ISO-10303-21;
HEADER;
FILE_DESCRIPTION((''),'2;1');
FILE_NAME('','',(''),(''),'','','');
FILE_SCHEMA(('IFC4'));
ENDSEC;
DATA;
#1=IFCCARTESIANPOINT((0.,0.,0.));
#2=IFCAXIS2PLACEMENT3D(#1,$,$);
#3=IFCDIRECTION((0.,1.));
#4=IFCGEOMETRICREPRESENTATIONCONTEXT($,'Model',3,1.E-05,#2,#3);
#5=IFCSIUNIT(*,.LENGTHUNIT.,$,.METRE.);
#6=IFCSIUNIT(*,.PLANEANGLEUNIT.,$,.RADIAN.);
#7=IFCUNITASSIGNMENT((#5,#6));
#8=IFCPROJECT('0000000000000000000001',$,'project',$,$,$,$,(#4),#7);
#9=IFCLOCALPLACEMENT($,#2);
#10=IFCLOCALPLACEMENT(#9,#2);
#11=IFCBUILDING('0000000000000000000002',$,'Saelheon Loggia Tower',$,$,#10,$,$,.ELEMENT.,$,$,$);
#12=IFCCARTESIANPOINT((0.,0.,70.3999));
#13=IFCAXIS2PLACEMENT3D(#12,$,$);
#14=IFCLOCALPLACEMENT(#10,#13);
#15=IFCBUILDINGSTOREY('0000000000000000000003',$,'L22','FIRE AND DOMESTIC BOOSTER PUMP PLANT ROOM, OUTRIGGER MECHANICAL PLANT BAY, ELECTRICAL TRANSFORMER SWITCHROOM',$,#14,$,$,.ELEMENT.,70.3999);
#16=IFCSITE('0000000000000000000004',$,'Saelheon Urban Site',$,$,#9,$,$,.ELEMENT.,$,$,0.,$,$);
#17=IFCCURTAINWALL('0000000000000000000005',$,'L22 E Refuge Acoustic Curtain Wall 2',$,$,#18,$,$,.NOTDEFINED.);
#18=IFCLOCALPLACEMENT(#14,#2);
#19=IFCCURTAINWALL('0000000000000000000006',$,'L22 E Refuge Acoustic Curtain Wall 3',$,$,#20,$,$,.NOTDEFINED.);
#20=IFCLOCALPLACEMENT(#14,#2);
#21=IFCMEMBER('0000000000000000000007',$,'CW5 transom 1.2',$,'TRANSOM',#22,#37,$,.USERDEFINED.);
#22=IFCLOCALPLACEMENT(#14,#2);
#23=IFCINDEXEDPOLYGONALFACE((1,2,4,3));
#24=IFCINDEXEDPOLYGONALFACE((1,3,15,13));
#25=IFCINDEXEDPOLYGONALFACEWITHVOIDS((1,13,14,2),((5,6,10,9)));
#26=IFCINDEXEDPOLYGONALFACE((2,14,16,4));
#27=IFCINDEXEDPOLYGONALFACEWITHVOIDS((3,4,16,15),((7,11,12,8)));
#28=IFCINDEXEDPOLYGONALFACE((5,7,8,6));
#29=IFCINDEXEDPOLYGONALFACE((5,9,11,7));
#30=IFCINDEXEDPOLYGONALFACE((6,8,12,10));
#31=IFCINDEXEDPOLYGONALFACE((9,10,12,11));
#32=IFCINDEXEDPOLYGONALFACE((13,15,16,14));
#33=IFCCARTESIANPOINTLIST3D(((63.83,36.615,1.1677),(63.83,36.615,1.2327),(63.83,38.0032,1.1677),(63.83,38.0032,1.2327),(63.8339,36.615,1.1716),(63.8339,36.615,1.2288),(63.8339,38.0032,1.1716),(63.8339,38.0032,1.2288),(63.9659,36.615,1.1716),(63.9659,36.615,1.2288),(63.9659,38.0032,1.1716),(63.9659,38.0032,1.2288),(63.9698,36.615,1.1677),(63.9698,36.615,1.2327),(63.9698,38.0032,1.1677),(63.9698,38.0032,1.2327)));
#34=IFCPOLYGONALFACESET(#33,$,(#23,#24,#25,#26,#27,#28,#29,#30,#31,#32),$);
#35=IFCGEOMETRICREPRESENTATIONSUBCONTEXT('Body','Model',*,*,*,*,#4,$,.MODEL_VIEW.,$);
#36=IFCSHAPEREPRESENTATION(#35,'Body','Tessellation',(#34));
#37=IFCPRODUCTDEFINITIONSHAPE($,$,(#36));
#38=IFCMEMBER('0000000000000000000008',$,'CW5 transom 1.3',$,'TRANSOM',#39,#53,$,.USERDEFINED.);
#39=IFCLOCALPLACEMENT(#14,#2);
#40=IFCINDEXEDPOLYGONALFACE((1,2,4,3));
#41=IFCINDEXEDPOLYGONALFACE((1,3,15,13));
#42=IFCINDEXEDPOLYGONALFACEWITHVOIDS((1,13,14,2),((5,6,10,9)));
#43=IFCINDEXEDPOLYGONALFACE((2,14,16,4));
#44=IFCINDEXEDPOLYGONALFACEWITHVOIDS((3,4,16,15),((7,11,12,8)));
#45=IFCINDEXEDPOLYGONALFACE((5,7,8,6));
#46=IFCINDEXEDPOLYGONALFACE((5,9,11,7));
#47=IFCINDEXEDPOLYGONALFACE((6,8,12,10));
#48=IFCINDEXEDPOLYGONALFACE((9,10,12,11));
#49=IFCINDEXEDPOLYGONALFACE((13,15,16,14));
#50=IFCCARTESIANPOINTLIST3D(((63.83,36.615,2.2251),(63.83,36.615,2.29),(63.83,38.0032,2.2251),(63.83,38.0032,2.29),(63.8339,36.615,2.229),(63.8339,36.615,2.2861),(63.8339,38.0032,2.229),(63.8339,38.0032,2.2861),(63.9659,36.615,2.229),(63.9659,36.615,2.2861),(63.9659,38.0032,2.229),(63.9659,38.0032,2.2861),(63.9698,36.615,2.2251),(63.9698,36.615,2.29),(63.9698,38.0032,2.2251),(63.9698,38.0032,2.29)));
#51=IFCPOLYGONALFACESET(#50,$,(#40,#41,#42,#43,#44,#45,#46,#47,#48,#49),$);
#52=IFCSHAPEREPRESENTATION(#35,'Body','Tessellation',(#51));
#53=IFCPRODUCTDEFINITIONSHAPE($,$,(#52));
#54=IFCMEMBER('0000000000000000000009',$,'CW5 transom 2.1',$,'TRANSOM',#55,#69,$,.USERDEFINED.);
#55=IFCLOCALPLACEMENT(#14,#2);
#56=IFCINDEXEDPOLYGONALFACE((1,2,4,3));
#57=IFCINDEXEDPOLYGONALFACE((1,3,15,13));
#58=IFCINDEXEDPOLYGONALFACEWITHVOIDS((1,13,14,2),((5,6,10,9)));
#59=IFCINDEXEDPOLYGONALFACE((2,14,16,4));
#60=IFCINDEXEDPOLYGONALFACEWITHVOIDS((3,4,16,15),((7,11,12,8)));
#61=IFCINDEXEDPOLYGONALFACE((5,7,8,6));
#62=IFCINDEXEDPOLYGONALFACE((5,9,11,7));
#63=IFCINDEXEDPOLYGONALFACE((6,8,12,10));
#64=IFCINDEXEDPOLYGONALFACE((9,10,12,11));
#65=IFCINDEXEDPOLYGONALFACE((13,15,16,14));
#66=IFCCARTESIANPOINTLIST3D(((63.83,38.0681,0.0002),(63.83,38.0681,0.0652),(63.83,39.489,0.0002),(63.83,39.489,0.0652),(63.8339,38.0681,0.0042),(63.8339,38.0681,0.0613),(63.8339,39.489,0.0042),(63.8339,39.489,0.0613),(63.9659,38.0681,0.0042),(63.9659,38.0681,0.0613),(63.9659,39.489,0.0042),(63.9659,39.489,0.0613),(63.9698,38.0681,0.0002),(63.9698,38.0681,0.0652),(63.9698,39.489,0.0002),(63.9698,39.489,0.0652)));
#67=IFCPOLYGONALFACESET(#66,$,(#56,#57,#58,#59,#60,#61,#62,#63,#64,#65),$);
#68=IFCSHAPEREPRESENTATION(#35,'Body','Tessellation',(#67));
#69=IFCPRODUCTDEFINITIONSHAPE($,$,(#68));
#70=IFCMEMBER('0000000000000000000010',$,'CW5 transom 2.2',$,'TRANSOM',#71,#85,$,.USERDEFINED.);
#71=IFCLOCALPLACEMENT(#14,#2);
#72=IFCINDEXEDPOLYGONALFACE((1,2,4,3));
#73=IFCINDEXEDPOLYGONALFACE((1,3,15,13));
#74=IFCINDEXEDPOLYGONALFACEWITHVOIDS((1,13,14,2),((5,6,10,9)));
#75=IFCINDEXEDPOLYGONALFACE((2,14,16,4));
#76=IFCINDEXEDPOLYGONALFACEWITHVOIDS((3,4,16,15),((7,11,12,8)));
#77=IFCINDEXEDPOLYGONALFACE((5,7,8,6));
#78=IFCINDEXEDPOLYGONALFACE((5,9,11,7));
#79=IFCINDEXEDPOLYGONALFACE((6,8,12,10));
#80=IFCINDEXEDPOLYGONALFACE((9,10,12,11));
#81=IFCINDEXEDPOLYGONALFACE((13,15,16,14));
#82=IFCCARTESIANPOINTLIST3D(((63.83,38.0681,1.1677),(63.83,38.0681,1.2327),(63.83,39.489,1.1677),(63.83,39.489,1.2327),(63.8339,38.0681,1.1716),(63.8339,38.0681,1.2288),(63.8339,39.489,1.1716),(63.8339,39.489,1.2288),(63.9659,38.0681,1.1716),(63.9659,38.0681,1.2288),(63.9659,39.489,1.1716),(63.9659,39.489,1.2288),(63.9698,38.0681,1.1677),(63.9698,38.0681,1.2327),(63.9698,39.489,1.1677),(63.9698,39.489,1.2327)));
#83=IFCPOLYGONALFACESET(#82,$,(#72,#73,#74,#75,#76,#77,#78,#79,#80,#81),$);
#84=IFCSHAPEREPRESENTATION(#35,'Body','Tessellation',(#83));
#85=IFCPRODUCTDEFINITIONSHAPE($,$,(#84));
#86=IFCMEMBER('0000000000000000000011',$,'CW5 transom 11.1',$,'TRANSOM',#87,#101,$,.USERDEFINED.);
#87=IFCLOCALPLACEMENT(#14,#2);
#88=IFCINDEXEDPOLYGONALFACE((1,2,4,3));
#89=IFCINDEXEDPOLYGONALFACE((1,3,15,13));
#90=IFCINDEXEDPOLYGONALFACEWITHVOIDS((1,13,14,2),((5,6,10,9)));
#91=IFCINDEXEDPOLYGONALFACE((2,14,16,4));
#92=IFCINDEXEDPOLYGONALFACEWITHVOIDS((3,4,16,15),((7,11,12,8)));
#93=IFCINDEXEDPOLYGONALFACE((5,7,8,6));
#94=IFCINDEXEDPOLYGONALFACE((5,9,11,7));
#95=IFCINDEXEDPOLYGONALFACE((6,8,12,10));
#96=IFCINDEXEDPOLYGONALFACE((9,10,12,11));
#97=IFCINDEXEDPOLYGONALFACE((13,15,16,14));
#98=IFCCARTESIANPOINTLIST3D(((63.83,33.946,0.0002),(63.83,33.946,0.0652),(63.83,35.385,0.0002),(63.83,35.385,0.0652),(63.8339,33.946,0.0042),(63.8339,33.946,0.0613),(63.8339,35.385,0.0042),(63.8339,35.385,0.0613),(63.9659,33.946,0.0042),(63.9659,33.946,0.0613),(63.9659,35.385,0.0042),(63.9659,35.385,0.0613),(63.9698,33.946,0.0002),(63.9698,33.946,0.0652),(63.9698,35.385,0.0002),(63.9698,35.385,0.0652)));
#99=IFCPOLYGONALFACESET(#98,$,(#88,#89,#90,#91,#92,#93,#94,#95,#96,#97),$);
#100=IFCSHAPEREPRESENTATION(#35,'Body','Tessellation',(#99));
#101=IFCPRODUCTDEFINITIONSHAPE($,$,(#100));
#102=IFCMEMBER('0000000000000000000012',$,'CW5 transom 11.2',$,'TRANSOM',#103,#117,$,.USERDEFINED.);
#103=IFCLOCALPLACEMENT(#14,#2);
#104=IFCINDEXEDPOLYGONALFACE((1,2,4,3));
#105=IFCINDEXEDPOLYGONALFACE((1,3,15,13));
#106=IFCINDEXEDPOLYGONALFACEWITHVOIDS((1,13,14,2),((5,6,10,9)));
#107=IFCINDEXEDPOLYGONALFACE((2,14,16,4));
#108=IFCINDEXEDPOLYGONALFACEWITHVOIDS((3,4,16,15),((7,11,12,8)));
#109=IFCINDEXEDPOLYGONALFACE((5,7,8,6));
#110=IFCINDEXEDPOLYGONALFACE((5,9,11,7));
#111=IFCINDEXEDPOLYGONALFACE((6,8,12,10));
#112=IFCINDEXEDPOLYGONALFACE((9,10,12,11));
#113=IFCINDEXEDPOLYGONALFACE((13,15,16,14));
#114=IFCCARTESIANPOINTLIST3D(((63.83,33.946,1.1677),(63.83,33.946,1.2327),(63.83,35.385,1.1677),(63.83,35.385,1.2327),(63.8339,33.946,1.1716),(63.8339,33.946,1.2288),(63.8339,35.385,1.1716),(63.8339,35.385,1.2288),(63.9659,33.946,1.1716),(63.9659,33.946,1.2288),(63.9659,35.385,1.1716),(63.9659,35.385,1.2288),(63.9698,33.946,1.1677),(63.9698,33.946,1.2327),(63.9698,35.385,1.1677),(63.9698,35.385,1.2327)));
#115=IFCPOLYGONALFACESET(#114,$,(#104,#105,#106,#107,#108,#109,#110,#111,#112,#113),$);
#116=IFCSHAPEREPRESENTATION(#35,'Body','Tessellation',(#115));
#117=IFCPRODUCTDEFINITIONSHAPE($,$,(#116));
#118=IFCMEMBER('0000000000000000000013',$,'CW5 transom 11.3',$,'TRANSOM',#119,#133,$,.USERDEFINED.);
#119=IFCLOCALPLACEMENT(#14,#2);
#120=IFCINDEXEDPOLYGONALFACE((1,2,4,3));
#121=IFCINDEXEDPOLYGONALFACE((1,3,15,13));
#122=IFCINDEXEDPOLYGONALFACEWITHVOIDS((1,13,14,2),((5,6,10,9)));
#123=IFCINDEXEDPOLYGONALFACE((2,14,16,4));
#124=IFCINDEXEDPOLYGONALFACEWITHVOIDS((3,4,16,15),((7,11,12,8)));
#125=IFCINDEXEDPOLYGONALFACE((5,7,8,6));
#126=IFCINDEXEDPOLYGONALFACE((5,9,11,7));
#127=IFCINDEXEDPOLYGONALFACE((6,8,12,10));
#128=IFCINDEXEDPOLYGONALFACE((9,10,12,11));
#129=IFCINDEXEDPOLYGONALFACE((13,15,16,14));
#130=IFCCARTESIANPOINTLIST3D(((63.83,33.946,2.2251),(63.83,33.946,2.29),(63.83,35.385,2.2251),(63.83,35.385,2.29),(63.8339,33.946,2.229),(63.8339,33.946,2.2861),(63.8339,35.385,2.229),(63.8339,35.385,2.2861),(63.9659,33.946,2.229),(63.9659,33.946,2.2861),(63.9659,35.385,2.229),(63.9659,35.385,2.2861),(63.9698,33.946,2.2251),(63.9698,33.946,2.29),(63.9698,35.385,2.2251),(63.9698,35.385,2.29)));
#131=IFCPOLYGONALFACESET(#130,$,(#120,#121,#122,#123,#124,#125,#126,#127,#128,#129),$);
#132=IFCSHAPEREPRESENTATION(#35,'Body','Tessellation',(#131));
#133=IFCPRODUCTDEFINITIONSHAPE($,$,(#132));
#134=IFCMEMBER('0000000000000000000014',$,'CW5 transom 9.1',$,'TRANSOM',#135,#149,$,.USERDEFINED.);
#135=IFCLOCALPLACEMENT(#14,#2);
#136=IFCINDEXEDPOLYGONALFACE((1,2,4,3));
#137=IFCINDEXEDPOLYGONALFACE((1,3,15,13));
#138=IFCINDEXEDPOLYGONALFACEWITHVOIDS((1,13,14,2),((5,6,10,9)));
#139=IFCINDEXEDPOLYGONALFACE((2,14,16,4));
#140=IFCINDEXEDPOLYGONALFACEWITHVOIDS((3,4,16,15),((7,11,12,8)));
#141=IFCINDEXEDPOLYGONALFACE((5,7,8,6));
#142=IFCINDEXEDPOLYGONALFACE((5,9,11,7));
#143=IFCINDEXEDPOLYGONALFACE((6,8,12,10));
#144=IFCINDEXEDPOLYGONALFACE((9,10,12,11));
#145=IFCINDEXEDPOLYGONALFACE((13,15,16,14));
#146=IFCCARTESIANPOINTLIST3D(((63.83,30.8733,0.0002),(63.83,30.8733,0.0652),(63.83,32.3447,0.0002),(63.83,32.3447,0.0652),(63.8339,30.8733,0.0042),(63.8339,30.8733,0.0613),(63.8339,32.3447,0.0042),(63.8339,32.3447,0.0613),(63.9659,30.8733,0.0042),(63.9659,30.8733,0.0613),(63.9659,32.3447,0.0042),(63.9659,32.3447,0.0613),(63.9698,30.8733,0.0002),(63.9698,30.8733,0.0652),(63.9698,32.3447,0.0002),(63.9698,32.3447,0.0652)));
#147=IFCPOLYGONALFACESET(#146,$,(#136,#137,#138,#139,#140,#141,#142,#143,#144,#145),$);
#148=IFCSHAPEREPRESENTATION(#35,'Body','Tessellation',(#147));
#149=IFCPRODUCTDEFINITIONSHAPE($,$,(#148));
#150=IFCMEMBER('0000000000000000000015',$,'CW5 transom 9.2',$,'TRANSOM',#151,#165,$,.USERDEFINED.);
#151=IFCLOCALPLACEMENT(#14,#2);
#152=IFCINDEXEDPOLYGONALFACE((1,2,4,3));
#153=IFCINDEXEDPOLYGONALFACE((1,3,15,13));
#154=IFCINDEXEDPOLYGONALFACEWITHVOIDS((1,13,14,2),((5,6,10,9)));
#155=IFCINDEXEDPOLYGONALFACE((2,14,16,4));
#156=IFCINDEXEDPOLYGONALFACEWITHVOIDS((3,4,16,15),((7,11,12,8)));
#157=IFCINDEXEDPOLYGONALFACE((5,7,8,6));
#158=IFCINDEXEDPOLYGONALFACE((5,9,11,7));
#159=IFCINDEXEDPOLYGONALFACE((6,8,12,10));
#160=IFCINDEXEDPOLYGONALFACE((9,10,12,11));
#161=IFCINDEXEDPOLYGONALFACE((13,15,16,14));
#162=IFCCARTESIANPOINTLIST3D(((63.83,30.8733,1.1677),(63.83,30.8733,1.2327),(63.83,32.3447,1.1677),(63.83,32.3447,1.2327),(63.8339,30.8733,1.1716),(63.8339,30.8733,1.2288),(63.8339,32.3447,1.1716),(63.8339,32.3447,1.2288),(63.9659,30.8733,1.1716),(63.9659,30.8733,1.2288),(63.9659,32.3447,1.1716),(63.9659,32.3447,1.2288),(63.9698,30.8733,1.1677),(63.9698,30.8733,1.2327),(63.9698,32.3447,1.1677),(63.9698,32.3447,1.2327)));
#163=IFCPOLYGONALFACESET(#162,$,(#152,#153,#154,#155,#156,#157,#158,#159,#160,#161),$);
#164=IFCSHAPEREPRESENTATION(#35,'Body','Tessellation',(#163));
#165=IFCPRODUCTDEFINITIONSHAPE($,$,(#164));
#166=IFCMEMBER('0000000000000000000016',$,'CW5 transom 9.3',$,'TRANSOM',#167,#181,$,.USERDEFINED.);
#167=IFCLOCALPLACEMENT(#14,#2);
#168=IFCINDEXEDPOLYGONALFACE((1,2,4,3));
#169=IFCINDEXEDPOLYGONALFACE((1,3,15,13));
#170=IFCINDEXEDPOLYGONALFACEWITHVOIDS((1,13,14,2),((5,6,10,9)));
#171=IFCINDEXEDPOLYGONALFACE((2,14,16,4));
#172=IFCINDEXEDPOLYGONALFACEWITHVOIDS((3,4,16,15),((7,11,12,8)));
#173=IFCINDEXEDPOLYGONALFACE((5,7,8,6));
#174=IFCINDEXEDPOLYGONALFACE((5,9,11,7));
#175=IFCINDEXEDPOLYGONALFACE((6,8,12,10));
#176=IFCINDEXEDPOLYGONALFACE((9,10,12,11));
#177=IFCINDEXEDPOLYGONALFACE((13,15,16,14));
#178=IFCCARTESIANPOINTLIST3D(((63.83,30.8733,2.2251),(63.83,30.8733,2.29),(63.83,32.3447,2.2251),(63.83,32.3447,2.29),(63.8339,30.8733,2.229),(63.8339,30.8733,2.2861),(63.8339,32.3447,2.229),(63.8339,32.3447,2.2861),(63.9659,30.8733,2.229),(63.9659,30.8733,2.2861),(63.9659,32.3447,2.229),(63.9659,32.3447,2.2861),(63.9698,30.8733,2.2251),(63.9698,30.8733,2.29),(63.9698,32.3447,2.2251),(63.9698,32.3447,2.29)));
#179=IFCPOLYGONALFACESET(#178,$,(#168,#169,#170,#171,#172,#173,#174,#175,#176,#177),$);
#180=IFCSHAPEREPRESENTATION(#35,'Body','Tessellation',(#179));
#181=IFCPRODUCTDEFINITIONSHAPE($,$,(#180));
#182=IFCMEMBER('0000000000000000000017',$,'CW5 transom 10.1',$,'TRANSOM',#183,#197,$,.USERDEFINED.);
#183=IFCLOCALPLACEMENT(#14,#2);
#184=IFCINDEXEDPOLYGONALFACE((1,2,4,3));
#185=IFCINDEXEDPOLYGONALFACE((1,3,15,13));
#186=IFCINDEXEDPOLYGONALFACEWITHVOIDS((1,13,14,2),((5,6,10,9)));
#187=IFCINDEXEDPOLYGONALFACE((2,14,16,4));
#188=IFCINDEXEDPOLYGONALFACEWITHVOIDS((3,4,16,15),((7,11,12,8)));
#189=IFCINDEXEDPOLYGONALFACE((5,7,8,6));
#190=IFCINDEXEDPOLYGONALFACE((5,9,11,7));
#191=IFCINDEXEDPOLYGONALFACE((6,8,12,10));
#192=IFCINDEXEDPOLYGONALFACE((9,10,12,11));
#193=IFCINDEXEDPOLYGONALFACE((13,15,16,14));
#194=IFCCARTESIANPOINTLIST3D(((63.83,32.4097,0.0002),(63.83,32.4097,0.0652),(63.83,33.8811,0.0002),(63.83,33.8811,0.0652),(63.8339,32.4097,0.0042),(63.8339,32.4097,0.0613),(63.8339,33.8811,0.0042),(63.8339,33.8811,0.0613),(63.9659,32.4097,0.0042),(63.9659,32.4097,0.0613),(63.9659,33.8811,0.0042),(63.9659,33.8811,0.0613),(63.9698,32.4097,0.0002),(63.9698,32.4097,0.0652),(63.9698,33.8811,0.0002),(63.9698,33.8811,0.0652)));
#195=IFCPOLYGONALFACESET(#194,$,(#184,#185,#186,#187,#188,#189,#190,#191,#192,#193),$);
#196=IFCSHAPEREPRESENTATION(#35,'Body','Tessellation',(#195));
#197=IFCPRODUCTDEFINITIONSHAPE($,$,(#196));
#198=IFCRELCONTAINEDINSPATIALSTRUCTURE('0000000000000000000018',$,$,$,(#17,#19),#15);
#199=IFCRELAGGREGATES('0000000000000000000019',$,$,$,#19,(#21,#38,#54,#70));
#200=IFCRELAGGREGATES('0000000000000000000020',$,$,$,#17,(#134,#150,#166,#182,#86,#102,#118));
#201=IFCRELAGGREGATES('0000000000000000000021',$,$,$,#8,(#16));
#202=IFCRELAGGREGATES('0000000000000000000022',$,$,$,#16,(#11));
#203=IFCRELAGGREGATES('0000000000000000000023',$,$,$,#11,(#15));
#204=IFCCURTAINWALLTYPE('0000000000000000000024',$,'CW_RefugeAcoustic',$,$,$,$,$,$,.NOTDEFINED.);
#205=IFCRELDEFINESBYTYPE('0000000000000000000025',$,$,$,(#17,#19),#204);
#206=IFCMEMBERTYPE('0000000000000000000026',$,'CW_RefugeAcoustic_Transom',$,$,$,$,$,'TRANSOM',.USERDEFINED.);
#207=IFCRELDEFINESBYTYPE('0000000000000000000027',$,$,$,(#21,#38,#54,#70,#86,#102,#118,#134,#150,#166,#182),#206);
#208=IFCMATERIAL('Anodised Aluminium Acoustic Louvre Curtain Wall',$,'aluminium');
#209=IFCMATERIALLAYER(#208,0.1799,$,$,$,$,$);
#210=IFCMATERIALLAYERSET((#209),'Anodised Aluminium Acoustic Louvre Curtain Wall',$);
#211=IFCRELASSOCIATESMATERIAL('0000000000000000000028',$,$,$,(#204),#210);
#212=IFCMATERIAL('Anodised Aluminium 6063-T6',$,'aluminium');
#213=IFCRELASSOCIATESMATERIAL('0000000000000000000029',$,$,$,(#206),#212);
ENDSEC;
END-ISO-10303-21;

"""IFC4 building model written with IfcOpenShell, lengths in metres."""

from ifc_helpers import new_model, si_unit, direction, frame, origin, origin_2d, place, context, subcontext, project, spatial, hollow_rectangle, extrude, source, transform, mapped, material, layer, layer_set, material_profile, profile_set, type_object, element, aggregate, save


model = new_model("IFC4")

# Units and contexts
model_context = context("Model", 3, precision=1e-05, world=origin(), true_north=direction((0.0, 1.0)))
body_context = subcontext(model_context, "Body", "Model", "MODEL_VIEW")
ifc_project = project(units=[si_unit("LENGTHUNIT", "METRE"), si_unit("PLANEANGLEUNIT", "RADIAN")], contexts=[model_context])

# Site, building, storey
site_placement = place(None, origin())
site = spatial("IfcSite", under=ifc_project, at=site_placement, Name="Saelheon Urban Site", CompositionType="ELEMENT", RefElevation=0.0)
building_placement = place(site_placement, origin())
building = spatial("IfcBuilding", under=site, at=building_placement, Name="Saelheon Loggia Tower", CompositionType="ELEMENT")
storey_placement = place(building_placement, frame((0.0, 0.0, 70.3999)))
storey = spatial("IfcBuildingStorey", under=building, at=storey_placement, Name="L22", Description="FIRE AND DOMESTIC BOOSTER PUMP PLANT ROOM, OUTRIGGER MECHANICAL PLANT BAY, ELECTRICAL TRANSFORMER SWITCHROOM", CompositionType="ELEMENT", Elevation=70.3999)

# Curtain walls, members
ifc_material_1 = material(Name="Anodised Aluminium Acoustic Louvre Curtain Wall", Category="aluminium")
ifc_layer_1 = layer(ifc_material_1, 0.1799)
ifc_layer_set_1 = layer_set([ifc_layer_1], Name="Anodised Aluminium Acoustic Louvre Curtain Wall")
curtain_wall_type = type_object("IfcCurtainWallType", Name="CW_RefugeAcoustic", PredefinedType="NOTDEFINED", material=ifc_layer_set_1)
curtain_wall_1_placement = place(storey_placement, origin())
curtain_wall_1 = element("IfcCurtainWall", 1, at=curtain_wall_1_placement, inside=storey, type_object=curtain_wall_type, Name="L22 E Refuge Acoustic Curtain Wall 2", PredefinedType="NOTDEFINED")
ifc_material_2 = material(Name="Anodised Aluminium 6063-T6", Category="aluminium")
curtain_wall_2_placement = place(storey_placement, origin())
curtain_wall_2 = element("IfcCurtainWall", 2, at=curtain_wall_2_placement, inside=storey, type_object=curtain_wall_type, Name="L22 E Refuge Acoustic Curtain Wall 3", PredefinedType="NOTDEFINED")
ifc_material_profile_1 = material_profile(ifc_material_2, hollow_rectangle(XDim=0.0649, YDim=0.1399, WallThickness=0.0039, at=origin_2d()), Name="RHS-140x65x4")
ifc_profile_set_1 = profile_set([ifc_material_profile_1], Name="Anodised Aluminium 6063-T6")
member_type_1 = type_object("IfcMemberType", Name="CW_RefugeAcoustic_Transom", ElementType="TRANSOM", PredefinedType="USERDEFINED", material=ifc_profile_set_1)
shared_shape_1 = source(origin(), body_context, "Body", "SweptSolid", [
    extrude(hollow_rectangle(XDim=0.0649, YDim=0.1399, WallThickness=0.0039, at=origin_2d()), origin(), (0.0, 0.0, 1.0), 1.3882),
])
member_1_placement = place(storey_placement, frame((63.8999, 36.615, 1.2002), z_axis=(0.0, 1.0, 0.0), x_axis=(0.0, 0.0, 1.0)))
member_1 = element("IfcMember", 3, at=member_1_placement, type_object=member_type_1, Name="CW5 transom 1.2", ObjectType="TRANSOM", PredefinedType="USERDEFINED", context=body_context, shape_type="MappedRepresentation", body=[
    mapped(shared_shape_1, transform((0.0, 0.0, 0.0), scale=1.0)),
])
member_2_placement = place(storey_placement, frame((63.8999, 36.615, 2.2576), z_axis=(0.0, 1.0, 0.0), x_axis=(0.0, 0.0, 1.0)))
member_2 = element("IfcMember", 4, at=member_2_placement, type_object=member_type_1, Name="CW5 transom 1.3", ObjectType="TRANSOM", PredefinedType="USERDEFINED", context=body_context, shape_type="MappedRepresentation", body=[
    mapped(shared_shape_1, transform((0.0, 0.0, 0.0), scale=1.0)),
])
shared_shape_2 = source(origin(), body_context, "Body", "SweptSolid", [
    extrude(hollow_rectangle(XDim=0.0649, YDim=0.1399, WallThickness=0.0039, at=origin_2d()), origin(), (0.0, 0.0, 1.0), 1.4209),
])
member_3_placement = place(storey_placement, frame((63.8999, 38.0681, 0.0327), z_axis=(0.0, 1.0, 0.0), x_axis=(0.0, 0.0, 1.0)))
member_3 = element("IfcMember", 5, at=member_3_placement, type_object=member_type_1, Name="CW5 transom 2.1", ObjectType="TRANSOM", PredefinedType="USERDEFINED", context=body_context, shape_type="MappedRepresentation", body=[
    mapped(shared_shape_2, transform((0.0, 0.0, 0.0), scale=1.0)),
])
member_4_placement = place(storey_placement, frame((63.8999, 38.0681, 1.2002), z_axis=(0.0, 1.0, 0.0), x_axis=(0.0, 0.0, 1.0)))
member_4 = element("IfcMember", 6, at=member_4_placement, type_object=member_type_1, Name="CW5 transom 2.2", ObjectType="TRANSOM", PredefinedType="USERDEFINED", context=body_context, shape_type="MappedRepresentation", body=[
    mapped(shared_shape_2, transform((0.0, 0.0, 0.0), scale=1.0)),
])

# Members
shared_shape_3 = source(origin(), body_context, "Body", "SweptSolid", [
    extrude(hollow_rectangle(XDim=0.0649, YDim=0.1399, WallThickness=0.0039, at=origin_2d()), origin(), (0.0, 0.0, 1.0), 1.439),
])
member_5_placement = place(storey_placement, frame((63.8999, 33.946, 0.0327), z_axis=(0.0, 1.0, 0.0), x_axis=(0.0, 0.0, 1.0)))
member_5 = element("IfcMember", 7, at=member_5_placement, type_object=member_type_1, Name="CW5 transom 11.1", ObjectType="TRANSOM", PredefinedType="USERDEFINED", context=body_context, shape_type="MappedRepresentation", body=[
    mapped(shared_shape_3, transform((0.0, 0.0, 0.0), scale=1.0)),
])
member_6_placement = place(storey_placement, frame((63.8999, 33.946, 1.2002), z_axis=(0.0, 1.0, 0.0), x_axis=(0.0, 0.0, 1.0)))
member_6 = element("IfcMember", 8, at=member_6_placement, type_object=member_type_1, Name="CW5 transom 11.2", ObjectType="TRANSOM", PredefinedType="USERDEFINED", context=body_context, shape_type="MappedRepresentation", body=[
    mapped(shared_shape_3, transform((0.0, 0.0, 0.0), scale=1.0)),
])
member_7_placement = place(storey_placement, frame((63.8999, 33.946, 2.2576), z_axis=(0.0, 1.0, 0.0), x_axis=(0.0, 0.0, 1.0)))
member_7 = element("IfcMember", 9, at=member_7_placement, type_object=member_type_1, Name="CW5 transom 11.3", ObjectType="TRANSOM", PredefinedType="USERDEFINED", context=body_context, shape_type="MappedRepresentation", body=[
    mapped(shared_shape_3, transform((0.0, 0.0, 0.0), scale=1.0)),
])
shared_shape_4 = source(origin(), body_context, "Body", "SweptSolid", [
    extrude(hollow_rectangle(XDim=0.0649, YDim=0.1399, WallThickness=0.0039, at=origin_2d()), origin(), (0.0, 0.0, 1.0), 1.4714),
])
member_8_placement = place(storey_placement, frame((63.8999, 30.8733, 0.0327), z_axis=(0.0, 1.0, 0.0), x_axis=(0.0, 0.0, 1.0)))
member_8 = element("IfcMember", 10, at=member_8_placement, type_object=member_type_1, Name="CW5 transom 9.1", ObjectType="TRANSOM", PredefinedType="USERDEFINED", context=body_context, shape_type="MappedRepresentation", body=[
    mapped(shared_shape_4, transform((0.0, 0.0, 0.0), scale=1.0)),
])
member_9_placement = place(storey_placement, frame((63.8999, 30.8733, 1.2002), z_axis=(0.0, 1.0, 0.0), x_axis=(0.0, 0.0, 1.0)))
member_9 = element("IfcMember", 11, at=member_9_placement, type_object=member_type_1, Name="CW5 transom 9.2", ObjectType="TRANSOM", PredefinedType="USERDEFINED", context=body_context, shape_type="MappedRepresentation", body=[
    mapped(shared_shape_4, transform((0.0, 0.0, 0.0), scale=1.0)),
])
member_10_placement = place(storey_placement, frame((63.8999, 30.8733, 2.2576), z_axis=(0.0, 1.0, 0.0), x_axis=(0.0, 0.0, 1.0)))
member_10 = element("IfcMember", 12, at=member_10_placement, type_object=member_type_1, Name="CW5 transom 9.3", ObjectType="TRANSOM", PredefinedType="USERDEFINED", context=body_context, shape_type="MappedRepresentation", body=[
    mapped(shared_shape_4, transform((0.0, 0.0, 0.0), scale=1.0)),
])
member_11_placement = place(storey_placement, frame((63.8999, 32.4097, 0.0327), z_axis=(0.0, 1.0, 0.0), x_axis=(0.0, 0.0, 1.0)))
member_11 = element("IfcMember", 13, at=member_11_placement, type_object=member_type_1, Name="CW5 transom 10.1", ObjectType="TRANSOM", PredefinedType="USERDEFINED", context=body_context, shape_type="MappedRepresentation", body=[
    mapped(shared_shape_4, transform((0.0, 0.0, 0.0), scale=1.0)),
])

aggregate(curtain_wall_2, [member_1, member_2, member_3, member_4])
aggregate(curtain_wall_1, [member_8, member_9, member_10, member_11, member_5, member_6, member_7])

save(model, "model.ifc")
